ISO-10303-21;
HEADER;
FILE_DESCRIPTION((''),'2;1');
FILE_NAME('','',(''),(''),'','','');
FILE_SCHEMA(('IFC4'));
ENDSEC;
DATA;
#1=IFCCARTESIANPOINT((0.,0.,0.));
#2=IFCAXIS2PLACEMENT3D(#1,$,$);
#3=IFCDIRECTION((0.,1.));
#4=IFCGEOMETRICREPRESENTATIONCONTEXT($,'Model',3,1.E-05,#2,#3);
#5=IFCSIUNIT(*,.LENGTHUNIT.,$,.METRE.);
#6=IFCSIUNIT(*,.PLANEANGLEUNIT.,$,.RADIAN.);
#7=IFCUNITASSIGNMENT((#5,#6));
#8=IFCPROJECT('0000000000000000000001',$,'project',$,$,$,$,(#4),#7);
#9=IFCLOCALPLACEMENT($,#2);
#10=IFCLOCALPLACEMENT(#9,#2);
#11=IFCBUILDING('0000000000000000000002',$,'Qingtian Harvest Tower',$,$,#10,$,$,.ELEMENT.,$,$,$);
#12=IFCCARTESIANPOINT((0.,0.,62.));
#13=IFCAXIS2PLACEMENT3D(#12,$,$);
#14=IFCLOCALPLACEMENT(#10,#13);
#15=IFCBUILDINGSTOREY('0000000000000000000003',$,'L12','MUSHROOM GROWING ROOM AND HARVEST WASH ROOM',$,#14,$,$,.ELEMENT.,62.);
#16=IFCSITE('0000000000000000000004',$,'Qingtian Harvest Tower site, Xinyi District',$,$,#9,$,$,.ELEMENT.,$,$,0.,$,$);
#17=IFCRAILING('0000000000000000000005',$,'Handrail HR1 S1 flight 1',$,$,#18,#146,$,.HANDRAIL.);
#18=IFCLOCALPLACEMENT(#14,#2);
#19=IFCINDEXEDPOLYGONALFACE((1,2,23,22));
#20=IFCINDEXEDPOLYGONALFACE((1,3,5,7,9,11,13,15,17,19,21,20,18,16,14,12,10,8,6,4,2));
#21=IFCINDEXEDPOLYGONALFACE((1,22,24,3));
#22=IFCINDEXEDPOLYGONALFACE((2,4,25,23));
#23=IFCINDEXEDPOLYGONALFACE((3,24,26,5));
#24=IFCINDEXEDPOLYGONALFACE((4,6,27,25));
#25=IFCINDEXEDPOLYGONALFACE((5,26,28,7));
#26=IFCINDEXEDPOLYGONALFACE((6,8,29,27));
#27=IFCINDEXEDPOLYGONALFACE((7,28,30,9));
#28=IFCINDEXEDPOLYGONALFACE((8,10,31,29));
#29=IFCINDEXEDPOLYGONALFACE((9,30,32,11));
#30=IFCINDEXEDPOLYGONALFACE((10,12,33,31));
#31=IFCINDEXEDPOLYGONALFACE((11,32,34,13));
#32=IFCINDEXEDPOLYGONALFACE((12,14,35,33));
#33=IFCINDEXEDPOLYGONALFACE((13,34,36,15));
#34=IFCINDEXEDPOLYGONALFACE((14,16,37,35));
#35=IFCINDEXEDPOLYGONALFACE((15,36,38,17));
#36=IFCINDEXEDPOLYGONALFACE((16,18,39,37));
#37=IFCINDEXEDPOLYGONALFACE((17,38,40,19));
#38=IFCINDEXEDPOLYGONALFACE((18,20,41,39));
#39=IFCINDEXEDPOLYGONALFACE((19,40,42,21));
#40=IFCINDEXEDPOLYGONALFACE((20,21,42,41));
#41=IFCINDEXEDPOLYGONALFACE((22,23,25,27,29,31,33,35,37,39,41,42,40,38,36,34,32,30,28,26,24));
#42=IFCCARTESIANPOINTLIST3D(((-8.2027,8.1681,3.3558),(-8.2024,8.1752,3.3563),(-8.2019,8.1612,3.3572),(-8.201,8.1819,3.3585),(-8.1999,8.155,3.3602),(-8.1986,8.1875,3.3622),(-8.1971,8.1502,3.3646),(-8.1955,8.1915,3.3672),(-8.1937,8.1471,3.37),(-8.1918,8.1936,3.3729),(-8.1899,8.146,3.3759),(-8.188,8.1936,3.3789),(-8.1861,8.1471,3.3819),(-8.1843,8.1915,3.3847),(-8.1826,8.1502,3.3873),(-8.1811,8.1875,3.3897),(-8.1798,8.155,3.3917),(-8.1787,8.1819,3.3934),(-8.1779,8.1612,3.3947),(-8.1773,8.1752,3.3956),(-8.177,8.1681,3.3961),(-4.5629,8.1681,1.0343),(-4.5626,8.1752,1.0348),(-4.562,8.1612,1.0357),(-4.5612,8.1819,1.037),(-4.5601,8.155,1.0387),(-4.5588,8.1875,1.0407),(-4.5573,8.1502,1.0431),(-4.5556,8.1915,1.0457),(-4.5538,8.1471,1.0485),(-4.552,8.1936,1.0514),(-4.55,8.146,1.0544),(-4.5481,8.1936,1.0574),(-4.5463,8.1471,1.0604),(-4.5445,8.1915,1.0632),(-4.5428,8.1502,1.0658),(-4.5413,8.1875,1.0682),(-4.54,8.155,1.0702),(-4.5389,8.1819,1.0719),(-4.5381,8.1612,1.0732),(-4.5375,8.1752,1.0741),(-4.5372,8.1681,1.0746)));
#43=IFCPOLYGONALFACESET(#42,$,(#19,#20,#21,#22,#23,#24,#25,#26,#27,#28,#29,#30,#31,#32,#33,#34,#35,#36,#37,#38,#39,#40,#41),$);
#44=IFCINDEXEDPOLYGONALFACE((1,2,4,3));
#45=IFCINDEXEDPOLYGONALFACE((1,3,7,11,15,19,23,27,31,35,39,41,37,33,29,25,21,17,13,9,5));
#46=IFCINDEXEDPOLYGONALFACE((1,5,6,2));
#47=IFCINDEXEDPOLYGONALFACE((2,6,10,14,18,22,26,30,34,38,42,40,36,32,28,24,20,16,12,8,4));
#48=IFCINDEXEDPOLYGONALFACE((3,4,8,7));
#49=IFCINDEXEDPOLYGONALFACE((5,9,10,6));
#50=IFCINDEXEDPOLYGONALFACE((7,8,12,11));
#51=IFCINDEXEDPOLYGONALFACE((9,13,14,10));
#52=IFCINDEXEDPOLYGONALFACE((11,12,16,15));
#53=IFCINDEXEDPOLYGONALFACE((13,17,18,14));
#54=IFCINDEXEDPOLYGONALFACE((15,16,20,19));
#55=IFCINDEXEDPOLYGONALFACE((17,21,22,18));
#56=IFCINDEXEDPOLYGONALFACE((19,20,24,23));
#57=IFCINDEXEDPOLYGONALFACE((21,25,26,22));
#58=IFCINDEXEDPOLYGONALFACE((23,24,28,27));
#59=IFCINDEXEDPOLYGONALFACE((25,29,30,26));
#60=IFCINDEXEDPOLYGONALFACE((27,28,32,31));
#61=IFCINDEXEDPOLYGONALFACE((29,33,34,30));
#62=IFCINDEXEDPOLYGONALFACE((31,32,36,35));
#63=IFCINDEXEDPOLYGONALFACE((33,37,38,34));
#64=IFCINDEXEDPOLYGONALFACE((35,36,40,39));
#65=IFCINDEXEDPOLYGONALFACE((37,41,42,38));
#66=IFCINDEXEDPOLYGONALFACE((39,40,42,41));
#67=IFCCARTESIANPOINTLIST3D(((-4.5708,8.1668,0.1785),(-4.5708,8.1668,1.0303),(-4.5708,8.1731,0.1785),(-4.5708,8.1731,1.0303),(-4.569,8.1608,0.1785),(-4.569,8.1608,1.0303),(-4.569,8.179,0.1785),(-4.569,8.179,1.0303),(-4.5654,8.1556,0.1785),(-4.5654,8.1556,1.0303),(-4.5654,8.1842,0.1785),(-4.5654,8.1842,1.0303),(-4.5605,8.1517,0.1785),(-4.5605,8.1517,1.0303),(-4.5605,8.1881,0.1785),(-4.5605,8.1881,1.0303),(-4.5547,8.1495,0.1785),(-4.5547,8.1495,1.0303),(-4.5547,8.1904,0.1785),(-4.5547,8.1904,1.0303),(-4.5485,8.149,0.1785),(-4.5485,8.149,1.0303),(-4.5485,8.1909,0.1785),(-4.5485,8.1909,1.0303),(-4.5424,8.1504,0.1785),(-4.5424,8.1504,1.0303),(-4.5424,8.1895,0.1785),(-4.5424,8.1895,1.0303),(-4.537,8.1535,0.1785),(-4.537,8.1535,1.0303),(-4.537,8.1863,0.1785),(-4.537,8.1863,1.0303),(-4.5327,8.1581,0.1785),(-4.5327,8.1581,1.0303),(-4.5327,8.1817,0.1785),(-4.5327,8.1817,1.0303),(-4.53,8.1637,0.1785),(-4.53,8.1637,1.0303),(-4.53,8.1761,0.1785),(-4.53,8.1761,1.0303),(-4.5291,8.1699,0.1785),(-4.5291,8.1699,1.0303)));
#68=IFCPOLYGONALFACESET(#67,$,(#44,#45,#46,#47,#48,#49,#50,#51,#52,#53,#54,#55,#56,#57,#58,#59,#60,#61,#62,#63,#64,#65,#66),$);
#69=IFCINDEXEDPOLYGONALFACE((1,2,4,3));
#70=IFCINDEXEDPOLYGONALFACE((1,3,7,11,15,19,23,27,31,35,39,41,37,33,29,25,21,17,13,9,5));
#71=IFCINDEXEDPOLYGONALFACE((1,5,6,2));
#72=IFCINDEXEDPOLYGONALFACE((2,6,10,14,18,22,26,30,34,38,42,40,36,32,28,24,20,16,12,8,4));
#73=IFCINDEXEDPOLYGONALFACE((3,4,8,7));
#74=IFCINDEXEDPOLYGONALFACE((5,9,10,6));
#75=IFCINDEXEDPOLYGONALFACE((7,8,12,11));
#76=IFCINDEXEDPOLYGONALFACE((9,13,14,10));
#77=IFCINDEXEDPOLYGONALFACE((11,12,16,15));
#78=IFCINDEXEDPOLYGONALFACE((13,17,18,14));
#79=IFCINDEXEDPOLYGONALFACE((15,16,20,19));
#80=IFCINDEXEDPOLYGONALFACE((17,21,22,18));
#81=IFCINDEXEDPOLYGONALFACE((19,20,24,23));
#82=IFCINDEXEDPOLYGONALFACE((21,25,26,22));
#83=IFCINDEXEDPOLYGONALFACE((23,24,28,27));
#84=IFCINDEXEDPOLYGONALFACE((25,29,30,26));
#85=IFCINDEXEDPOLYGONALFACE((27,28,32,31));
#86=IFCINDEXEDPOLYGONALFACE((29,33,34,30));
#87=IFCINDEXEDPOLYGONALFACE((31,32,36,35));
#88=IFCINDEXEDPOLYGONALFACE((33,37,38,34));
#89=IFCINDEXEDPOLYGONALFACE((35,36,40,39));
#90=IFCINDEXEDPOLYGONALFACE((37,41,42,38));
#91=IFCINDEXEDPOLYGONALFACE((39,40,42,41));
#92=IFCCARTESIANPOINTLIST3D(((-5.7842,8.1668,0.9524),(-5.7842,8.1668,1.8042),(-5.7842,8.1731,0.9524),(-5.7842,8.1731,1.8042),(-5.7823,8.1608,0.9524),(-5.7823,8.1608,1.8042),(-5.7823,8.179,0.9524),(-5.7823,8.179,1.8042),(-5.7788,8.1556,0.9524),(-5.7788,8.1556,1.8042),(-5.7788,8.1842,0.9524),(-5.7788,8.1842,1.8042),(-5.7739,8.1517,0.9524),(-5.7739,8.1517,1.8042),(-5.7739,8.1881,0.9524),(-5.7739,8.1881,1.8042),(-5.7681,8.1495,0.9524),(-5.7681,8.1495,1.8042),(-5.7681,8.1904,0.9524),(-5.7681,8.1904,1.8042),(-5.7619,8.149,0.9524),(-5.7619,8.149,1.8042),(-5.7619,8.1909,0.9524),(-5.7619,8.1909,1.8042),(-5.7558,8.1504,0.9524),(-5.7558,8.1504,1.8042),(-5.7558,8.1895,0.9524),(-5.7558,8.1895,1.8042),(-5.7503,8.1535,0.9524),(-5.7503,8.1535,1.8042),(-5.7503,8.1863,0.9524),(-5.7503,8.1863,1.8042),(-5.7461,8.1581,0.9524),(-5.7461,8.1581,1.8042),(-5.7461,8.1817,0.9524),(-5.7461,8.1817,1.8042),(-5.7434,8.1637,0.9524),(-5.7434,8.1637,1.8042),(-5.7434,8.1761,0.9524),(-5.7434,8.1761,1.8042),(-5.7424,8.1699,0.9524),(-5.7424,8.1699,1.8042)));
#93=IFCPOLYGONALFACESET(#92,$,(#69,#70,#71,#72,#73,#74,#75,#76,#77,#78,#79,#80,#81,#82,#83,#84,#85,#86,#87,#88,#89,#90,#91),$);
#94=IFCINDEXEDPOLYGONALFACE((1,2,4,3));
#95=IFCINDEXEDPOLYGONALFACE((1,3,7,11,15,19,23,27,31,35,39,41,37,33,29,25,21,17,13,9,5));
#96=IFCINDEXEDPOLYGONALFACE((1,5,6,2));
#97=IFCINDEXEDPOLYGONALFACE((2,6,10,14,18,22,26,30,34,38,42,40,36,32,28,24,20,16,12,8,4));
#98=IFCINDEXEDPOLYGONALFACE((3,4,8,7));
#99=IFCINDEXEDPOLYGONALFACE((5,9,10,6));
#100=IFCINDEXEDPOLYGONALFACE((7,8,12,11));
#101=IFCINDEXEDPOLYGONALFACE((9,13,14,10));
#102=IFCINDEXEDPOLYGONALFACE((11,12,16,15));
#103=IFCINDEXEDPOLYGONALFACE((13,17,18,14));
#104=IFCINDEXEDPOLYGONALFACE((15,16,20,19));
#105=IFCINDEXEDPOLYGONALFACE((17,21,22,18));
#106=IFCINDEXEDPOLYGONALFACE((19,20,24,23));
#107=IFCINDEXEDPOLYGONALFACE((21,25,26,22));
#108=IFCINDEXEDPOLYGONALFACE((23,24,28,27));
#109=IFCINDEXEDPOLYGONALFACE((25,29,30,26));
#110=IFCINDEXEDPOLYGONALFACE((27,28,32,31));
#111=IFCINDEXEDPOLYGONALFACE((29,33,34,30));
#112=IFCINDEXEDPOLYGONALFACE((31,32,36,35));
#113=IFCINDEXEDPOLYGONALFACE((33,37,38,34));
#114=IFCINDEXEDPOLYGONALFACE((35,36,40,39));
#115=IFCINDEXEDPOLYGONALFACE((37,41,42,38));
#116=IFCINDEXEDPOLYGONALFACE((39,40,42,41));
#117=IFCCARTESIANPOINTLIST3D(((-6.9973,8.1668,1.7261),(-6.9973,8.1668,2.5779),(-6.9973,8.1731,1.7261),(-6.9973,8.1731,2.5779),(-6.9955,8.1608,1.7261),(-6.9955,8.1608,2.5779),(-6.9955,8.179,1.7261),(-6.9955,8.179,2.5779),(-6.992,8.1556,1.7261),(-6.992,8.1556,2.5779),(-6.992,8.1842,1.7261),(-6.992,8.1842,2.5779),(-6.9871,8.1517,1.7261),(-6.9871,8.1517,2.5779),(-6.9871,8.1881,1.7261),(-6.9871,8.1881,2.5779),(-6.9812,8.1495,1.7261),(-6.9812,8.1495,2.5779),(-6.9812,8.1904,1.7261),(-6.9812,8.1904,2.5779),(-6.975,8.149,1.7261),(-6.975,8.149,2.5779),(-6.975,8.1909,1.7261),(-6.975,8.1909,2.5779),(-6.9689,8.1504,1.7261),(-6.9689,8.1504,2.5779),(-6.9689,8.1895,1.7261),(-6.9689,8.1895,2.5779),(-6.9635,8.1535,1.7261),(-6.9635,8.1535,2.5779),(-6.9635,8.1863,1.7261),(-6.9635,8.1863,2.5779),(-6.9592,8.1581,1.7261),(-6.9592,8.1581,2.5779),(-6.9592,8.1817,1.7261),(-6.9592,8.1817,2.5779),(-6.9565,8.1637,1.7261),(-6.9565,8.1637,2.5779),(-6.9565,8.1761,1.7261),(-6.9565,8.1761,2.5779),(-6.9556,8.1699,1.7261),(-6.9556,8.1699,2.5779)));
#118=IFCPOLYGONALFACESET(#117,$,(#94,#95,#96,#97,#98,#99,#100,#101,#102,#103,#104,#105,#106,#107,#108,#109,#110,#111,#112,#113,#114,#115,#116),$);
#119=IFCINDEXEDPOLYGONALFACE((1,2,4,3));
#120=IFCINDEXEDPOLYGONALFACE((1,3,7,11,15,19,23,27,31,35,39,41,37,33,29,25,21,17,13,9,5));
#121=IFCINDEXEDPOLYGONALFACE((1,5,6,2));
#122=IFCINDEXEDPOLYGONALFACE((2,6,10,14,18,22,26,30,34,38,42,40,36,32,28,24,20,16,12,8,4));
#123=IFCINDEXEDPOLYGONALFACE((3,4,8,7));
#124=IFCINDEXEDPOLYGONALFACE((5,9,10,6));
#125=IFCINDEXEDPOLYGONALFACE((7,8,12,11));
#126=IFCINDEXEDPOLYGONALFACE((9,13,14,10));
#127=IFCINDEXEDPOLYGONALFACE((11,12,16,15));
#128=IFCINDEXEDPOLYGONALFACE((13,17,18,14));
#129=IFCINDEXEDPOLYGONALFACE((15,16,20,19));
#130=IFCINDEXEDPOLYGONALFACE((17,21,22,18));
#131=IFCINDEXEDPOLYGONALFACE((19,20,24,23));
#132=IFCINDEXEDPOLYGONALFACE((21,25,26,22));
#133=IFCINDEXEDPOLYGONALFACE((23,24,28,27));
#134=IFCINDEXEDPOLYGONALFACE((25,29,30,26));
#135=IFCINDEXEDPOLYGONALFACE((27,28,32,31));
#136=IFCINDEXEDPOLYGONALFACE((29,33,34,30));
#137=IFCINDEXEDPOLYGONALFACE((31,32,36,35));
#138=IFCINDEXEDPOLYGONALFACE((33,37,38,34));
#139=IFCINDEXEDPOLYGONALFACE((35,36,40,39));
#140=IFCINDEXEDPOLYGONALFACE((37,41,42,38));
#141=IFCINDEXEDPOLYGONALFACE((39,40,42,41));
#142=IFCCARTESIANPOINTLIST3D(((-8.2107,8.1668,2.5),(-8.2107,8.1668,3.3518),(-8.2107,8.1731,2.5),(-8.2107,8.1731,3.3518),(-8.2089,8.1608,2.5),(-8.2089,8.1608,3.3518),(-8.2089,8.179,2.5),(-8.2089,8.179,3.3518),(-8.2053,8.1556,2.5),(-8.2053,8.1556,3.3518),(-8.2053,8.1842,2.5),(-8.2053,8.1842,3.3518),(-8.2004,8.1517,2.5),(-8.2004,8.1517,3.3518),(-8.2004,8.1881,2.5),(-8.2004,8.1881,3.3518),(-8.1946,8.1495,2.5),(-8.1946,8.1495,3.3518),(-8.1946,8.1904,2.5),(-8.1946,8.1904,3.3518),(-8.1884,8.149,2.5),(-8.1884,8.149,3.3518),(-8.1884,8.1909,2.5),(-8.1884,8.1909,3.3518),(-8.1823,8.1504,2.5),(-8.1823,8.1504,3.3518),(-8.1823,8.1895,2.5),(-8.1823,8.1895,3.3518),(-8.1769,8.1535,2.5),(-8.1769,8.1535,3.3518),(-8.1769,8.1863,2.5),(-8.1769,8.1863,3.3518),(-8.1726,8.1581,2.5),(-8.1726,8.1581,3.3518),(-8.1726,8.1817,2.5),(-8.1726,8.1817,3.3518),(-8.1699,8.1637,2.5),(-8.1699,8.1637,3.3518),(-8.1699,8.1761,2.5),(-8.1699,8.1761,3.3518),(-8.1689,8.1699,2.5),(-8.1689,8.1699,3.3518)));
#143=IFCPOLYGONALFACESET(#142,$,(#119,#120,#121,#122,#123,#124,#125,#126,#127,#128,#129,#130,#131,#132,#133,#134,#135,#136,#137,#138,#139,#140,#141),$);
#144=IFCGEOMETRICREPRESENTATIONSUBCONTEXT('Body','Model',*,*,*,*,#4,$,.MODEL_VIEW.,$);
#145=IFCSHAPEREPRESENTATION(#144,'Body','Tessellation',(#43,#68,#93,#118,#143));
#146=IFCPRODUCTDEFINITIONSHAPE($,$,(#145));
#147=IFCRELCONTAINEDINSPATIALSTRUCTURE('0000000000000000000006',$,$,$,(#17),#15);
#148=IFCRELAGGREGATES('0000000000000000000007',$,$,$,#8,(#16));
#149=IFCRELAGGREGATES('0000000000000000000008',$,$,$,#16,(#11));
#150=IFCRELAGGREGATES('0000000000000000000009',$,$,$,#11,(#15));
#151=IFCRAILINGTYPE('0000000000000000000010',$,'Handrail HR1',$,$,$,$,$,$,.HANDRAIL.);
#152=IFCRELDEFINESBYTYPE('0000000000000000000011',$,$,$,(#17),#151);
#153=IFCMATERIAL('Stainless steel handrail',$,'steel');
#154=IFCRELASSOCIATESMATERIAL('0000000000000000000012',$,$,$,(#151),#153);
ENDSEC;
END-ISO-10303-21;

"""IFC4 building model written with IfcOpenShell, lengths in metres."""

from ifc_helpers import new_model, si_unit, direction, frame, origin, origin_2d, place, context, subcontext, project, spatial, circle, extrude, material, type_object, element, save


model = new_model("IFC4")

# Units and contexts
model_context = context("Model", 3, precision=1e-05, world=origin(), true_north=direction((0.0, 1.0)))
body_context = subcontext(model_context, "Body", "Model", "MODEL_VIEW")
ifc_project = project(units=[si_unit("LENGTHUNIT", "METRE"), si_unit("PLANEANGLEUNIT", "RADIAN")], contexts=[model_context])

# Site, building, storey
site_placement = place(None, origin())
site = spatial("IfcSite", under=ifc_project, at=site_placement, Name="Qingtian Harvest Tower site, Xinyi District", CompositionType="ELEMENT", RefElevation=0.0)
building_placement = place(site_placement, origin())
building = spatial("IfcBuilding", under=site, at=building_placement, Name="Qingtian Harvest Tower", CompositionType="ELEMENT")
storey_placement = place(building_placement, frame((0.0, 0.0, 62.0)))
storey = spatial("IfcBuildingStorey", under=building, at=storey_placement, Name="L12", Description="MUSHROOM GROWING ROOM AND HARVEST WASH ROOM", CompositionType="ELEMENT", Elevation=62.0)

# Railing
ifc_material_1 = material(Name="Stainless steel handrail", Category="steel")
railing_type = type_object("IfcRailingType", Name="Handrail HR1", PredefinedType="HANDRAIL", material=ifc_material_1)
railing_1_placement = place(storey_placement, frame((-4.55, 8.1699, 0.1785)))
element("IfcRailing", 1, at=railing_1_placement, inside=storey, type_object=railing_type, Name="Handrail HR1 S1 flight 1", PredefinedType="HANDRAIL", context=body_context, shape_type="SweptSolid", body=[
    extrude(circle(Radius=0.0239, at=origin_2d()), frame((0.0, 0.0, 0.876), z_axis=(-0.843112, 0.0, 0.537739), x_axis=(0.0, -1.0, 0.0)), (0.0, 0.0, 1.0), 4.3171),
    extrude(circle(Radius=0.021, at=origin_2d()), origin(), (0.0, 0.0, 1.0), 0.8518),
    extrude(circle(Radius=0.021, at=origin_2d()), frame((-1.2134, 0.0, 0.7739)), (0.0, 0.0, 1.0), 0.8518),
    extrude(circle(Radius=0.021, at=origin_2d()), frame((-2.4265, 0.0, 1.5476)), (0.0, 0.0, 1.0), 0.8518),
    extrude(circle(Radius=0.021, at=origin_2d()), frame((-3.6399, 0.0, 2.3215)), (0.0, 0.0, 1.0), 0.8518),
])

save(model, "model.ifc")
